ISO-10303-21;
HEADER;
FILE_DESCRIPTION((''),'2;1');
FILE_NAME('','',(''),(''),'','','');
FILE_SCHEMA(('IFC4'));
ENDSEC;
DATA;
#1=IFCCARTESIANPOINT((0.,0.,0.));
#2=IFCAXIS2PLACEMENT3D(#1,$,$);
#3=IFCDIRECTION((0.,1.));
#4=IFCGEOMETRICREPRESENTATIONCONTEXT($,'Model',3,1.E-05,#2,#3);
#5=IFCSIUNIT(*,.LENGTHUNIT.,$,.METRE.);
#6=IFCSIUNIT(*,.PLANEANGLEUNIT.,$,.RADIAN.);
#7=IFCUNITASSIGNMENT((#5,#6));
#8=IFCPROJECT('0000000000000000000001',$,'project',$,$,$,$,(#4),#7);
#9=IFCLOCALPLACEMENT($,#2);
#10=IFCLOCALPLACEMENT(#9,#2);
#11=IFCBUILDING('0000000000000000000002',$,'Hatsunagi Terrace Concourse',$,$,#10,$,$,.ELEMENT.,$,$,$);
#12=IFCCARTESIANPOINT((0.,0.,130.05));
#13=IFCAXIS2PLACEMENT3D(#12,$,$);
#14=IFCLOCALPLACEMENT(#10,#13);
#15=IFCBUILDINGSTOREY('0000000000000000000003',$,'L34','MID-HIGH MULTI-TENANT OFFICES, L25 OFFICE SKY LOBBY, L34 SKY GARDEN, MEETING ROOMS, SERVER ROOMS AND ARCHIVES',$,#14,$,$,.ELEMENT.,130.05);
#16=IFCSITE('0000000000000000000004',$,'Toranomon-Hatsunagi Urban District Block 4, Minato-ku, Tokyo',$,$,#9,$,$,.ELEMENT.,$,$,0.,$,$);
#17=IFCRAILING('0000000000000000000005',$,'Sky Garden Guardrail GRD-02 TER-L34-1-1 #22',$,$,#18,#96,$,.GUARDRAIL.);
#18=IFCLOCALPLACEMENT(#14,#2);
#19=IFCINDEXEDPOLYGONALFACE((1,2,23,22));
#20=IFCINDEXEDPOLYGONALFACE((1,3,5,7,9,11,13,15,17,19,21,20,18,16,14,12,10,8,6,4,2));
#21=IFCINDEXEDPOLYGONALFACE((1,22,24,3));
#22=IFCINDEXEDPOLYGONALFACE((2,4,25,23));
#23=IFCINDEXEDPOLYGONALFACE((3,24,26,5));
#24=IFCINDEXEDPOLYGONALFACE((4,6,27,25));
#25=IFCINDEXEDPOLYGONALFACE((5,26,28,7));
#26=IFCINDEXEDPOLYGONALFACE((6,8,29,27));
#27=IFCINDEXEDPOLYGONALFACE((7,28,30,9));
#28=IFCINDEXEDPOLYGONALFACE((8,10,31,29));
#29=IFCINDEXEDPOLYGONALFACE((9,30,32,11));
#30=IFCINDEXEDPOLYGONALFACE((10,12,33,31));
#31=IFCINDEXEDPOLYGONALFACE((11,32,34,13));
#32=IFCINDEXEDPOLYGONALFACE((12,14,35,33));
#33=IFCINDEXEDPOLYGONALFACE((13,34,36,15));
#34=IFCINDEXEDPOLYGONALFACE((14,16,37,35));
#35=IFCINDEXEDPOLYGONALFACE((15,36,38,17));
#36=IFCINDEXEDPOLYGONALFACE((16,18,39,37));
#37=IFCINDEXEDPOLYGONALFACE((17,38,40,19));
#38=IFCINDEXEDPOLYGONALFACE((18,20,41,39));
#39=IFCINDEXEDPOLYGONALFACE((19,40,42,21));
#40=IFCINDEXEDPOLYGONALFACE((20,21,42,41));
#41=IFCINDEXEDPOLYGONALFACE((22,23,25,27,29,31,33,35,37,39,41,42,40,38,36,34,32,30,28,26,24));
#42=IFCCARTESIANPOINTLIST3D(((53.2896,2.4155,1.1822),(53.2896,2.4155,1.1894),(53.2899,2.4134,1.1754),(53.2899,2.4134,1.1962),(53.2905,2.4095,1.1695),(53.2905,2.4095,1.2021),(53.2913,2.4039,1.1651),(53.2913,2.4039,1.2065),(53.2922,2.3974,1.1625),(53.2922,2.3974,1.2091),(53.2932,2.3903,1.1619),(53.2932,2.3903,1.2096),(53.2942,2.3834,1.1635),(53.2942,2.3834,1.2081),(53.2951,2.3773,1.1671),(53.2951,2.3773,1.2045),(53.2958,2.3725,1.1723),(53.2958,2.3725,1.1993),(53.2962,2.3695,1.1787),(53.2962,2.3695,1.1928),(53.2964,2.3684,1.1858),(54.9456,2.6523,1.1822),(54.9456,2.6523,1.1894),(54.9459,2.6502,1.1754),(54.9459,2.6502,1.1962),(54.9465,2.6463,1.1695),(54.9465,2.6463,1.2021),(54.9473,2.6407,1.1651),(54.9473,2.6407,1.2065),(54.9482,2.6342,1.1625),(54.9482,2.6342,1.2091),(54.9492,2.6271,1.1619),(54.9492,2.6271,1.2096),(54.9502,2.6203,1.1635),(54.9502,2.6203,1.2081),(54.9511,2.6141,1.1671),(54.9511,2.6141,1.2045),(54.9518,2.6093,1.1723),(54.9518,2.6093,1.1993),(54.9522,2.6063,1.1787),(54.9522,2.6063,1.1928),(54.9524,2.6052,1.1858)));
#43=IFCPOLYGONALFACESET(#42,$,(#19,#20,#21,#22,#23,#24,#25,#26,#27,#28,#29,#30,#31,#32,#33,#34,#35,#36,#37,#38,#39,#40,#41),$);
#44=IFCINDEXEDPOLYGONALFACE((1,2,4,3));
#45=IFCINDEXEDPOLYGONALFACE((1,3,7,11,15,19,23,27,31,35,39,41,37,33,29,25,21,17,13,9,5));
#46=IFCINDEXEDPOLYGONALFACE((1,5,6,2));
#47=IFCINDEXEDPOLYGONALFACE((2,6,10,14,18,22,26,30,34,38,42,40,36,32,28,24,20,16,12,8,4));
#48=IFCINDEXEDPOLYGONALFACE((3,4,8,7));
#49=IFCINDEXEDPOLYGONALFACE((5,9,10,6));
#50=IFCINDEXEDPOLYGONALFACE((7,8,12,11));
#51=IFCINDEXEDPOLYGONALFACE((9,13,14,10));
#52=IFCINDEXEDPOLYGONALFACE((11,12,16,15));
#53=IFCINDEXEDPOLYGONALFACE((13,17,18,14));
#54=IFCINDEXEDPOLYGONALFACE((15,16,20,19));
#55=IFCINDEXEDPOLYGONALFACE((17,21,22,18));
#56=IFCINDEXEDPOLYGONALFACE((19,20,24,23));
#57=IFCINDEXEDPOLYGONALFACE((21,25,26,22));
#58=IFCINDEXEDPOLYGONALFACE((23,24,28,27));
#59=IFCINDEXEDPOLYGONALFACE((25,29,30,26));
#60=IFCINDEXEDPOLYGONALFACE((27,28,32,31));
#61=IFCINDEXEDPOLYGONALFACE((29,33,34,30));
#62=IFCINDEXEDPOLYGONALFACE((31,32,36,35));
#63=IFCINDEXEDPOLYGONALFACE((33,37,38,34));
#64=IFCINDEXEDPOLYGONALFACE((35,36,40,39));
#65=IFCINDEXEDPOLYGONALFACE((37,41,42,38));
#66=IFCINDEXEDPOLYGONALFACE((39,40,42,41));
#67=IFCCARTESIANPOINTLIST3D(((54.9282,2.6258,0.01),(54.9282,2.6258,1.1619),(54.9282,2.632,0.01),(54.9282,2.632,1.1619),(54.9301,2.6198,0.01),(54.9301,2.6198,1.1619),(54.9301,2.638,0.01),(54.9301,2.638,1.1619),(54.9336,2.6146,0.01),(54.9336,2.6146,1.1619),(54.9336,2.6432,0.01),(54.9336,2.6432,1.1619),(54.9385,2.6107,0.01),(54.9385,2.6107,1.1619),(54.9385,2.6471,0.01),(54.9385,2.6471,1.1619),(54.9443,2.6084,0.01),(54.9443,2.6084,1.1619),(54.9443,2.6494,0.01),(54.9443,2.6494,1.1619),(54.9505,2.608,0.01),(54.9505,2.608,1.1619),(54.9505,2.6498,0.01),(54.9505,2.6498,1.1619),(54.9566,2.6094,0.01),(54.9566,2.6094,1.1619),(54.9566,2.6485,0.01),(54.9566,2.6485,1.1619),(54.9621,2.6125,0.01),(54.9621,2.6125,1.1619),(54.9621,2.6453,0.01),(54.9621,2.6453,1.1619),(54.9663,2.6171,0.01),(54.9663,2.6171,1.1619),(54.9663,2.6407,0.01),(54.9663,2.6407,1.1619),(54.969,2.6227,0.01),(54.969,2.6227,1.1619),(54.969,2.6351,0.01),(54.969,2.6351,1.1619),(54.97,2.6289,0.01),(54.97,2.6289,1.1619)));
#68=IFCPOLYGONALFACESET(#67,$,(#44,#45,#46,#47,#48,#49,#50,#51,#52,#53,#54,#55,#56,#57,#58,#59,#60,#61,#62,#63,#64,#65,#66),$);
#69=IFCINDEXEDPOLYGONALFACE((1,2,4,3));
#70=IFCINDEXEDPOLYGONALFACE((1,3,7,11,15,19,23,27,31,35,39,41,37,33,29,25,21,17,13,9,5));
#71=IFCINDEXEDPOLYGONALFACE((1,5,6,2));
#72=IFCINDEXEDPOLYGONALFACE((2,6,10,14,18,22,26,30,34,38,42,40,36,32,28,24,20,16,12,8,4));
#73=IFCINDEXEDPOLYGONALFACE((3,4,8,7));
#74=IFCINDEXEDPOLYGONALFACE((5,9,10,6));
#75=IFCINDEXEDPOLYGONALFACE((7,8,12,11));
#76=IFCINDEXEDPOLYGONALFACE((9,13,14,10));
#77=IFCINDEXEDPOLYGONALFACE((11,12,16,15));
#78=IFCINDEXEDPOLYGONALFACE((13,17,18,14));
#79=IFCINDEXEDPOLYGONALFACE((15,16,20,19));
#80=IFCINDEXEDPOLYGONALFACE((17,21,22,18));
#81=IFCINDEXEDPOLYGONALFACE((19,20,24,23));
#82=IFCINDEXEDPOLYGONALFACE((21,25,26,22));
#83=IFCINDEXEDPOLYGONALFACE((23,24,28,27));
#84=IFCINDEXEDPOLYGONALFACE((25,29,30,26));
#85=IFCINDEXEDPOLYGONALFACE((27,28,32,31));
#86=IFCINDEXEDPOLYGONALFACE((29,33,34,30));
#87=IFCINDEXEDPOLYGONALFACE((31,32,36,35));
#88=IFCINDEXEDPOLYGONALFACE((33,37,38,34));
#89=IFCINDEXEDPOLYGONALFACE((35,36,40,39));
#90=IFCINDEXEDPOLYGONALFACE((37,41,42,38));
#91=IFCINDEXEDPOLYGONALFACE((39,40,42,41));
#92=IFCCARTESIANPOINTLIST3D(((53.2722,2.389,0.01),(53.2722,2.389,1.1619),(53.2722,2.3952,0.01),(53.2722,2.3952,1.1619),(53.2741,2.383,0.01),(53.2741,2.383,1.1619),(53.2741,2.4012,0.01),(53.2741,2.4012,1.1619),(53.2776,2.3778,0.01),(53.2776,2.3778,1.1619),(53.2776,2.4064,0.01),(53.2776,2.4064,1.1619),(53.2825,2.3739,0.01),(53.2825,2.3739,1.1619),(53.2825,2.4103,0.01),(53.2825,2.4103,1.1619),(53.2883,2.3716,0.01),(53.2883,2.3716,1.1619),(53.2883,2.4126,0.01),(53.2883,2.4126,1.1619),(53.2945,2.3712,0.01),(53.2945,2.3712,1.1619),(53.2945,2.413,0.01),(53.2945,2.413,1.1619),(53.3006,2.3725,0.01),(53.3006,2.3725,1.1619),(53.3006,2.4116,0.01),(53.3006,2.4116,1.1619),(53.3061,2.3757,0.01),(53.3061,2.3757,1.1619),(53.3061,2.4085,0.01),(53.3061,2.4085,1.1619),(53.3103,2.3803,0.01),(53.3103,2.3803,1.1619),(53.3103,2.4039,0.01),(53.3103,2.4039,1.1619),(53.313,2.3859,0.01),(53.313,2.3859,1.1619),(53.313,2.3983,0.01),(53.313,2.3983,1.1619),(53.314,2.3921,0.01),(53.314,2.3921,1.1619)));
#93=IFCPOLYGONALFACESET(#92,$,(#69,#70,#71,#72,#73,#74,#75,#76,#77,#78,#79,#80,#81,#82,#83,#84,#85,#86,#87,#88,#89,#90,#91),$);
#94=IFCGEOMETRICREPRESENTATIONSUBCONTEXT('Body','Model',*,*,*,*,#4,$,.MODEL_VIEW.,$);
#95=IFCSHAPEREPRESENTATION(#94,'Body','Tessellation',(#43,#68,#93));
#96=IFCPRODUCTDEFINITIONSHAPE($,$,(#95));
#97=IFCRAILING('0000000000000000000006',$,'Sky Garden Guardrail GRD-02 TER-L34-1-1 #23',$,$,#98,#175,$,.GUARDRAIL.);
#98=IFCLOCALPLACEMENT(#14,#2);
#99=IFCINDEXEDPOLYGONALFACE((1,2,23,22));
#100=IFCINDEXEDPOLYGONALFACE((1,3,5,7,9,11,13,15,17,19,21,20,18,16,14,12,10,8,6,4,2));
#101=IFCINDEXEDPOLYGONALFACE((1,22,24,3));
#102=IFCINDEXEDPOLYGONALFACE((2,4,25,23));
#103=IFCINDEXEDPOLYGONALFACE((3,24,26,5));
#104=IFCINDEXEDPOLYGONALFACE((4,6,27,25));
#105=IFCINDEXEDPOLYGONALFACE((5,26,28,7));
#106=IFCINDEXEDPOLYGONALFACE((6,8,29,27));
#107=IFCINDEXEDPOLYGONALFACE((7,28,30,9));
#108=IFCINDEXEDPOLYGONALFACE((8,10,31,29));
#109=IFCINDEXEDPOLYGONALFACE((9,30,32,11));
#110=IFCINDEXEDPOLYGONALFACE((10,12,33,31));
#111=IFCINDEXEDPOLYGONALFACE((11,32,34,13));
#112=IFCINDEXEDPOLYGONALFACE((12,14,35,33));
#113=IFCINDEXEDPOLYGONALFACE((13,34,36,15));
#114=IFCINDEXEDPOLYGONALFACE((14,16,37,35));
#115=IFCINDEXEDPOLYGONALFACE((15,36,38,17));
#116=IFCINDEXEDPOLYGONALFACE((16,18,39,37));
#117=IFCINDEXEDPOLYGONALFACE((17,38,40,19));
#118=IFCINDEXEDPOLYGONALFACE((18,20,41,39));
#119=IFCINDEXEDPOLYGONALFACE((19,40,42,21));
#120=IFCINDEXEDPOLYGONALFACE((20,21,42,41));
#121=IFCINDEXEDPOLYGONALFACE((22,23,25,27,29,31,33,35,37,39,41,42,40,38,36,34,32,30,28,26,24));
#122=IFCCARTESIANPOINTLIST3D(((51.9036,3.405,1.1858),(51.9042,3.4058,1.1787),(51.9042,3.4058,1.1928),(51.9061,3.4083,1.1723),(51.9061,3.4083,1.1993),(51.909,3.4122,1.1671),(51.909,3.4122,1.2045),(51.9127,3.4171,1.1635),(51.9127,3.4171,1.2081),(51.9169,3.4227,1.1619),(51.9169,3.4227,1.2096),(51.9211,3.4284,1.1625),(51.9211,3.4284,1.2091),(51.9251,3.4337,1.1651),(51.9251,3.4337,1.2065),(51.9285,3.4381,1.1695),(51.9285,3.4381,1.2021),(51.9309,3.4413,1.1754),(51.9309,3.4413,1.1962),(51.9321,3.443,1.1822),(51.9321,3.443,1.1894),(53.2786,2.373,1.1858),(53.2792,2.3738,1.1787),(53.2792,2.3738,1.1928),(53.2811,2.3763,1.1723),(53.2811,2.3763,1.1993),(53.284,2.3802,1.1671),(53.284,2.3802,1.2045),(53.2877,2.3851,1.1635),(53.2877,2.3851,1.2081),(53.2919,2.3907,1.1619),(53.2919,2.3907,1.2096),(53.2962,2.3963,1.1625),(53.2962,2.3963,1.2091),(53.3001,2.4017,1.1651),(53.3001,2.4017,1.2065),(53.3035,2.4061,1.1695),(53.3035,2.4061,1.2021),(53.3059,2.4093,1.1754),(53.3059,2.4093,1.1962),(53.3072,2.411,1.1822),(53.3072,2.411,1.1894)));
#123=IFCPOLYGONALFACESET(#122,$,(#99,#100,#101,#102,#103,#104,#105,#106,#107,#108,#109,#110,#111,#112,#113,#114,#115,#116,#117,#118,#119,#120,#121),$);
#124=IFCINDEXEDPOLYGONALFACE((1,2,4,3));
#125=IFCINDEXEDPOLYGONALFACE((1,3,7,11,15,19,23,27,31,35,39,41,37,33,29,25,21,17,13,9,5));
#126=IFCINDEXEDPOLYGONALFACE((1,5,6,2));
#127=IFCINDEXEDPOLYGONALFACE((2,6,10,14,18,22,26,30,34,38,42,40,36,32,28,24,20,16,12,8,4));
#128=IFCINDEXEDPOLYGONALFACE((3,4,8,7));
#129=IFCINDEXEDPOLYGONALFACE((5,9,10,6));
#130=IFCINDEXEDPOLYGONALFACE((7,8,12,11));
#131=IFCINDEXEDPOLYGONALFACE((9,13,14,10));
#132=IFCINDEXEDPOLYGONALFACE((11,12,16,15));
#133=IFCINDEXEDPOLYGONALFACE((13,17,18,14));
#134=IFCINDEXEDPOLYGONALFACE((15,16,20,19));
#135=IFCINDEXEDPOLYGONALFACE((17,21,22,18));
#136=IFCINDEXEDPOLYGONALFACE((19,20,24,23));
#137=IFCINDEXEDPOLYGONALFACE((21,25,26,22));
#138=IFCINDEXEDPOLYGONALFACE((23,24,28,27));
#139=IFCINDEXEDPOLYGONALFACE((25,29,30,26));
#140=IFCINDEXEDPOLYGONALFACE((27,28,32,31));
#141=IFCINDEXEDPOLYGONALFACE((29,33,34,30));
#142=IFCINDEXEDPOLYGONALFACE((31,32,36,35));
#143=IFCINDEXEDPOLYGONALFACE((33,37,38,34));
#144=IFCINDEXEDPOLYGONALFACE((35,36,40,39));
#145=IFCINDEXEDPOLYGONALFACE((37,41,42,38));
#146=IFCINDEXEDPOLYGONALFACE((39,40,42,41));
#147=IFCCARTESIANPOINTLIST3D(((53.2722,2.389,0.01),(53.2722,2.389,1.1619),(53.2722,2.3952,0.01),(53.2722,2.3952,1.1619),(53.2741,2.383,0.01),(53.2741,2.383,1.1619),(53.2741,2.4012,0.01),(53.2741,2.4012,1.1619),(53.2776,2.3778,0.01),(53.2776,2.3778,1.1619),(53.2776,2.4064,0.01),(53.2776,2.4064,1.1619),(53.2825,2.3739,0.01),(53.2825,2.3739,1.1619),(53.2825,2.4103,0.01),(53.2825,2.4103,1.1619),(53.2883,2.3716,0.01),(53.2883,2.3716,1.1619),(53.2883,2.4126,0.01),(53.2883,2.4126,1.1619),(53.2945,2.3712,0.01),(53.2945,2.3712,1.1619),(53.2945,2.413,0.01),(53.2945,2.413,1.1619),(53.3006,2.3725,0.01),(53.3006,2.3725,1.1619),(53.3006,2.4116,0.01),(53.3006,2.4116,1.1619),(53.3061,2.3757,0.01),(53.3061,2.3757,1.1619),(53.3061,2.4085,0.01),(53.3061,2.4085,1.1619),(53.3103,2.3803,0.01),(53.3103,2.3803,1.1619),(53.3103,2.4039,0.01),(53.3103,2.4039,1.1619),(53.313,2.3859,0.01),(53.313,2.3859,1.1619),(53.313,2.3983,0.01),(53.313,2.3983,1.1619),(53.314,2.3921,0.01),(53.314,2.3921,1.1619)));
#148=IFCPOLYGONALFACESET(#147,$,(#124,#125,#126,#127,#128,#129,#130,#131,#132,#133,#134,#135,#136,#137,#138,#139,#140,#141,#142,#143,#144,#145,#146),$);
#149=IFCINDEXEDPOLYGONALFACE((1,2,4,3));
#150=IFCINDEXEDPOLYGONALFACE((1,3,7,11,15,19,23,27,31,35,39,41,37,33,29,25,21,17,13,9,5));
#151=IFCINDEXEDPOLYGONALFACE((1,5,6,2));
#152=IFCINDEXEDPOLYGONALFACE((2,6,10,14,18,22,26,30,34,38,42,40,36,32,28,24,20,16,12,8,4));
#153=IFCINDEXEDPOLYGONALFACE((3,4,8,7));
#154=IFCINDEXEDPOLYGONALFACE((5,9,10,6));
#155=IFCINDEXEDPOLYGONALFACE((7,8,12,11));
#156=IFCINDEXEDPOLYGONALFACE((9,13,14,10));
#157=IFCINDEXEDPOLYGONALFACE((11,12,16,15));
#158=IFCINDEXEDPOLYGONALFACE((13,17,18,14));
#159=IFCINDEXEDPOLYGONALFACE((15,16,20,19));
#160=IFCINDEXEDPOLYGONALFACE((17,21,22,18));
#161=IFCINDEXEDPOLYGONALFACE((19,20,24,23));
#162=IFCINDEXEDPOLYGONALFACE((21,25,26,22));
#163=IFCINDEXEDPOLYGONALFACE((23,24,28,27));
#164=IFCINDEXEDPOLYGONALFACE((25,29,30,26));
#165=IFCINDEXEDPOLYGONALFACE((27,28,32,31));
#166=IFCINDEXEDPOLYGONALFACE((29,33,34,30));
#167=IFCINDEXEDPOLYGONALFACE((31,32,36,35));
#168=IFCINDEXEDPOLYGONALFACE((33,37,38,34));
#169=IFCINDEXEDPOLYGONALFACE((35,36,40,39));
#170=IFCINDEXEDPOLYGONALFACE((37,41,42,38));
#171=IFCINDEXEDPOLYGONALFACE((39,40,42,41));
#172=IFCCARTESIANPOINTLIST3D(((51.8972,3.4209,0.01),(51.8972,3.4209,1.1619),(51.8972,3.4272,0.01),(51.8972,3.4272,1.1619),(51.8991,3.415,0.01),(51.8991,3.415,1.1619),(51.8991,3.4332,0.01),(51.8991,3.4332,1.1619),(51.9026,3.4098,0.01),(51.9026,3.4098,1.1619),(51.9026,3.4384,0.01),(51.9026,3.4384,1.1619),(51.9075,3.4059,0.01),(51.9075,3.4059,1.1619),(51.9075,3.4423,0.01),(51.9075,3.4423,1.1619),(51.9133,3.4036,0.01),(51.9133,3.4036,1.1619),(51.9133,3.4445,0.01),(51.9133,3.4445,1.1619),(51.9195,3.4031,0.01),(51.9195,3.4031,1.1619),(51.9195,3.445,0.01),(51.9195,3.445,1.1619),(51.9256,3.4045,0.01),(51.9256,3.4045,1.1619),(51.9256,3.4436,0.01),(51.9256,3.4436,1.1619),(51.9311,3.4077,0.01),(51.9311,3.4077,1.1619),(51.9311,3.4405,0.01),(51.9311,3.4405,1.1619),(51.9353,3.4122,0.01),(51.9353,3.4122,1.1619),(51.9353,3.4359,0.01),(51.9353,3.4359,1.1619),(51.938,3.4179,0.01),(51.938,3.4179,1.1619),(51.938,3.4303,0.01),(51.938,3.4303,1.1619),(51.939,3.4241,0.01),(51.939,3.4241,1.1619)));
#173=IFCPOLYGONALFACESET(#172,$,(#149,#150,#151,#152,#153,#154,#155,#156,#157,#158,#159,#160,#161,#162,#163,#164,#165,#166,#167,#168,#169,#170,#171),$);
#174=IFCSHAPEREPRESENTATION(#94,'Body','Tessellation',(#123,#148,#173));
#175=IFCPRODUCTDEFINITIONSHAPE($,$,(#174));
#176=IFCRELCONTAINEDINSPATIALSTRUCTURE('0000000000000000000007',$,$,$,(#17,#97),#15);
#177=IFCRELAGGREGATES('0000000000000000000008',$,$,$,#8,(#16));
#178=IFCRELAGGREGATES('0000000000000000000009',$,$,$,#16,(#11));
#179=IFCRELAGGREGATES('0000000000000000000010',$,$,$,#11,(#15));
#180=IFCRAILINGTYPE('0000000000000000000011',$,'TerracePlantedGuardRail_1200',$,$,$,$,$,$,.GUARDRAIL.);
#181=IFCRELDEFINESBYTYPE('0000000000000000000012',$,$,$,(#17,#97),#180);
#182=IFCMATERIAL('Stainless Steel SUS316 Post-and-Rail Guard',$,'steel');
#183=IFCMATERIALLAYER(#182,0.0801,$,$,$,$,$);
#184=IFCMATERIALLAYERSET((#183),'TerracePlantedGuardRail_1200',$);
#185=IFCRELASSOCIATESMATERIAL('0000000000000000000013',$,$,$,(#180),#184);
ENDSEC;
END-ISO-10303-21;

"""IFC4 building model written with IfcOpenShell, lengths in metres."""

from ifc_helpers import new_model, si_unit, direction, frame, origin, origin_2d, place, context, subcontext, project, spatial, circle, extrude, material, layer, layer_set, type_object, element, save


model = new_model("IFC4")

# Units and contexts
model_context = context("Model", 3, precision=1e-05, world=origin(), true_north=direction((0.0, 1.0)))
body_context = subcontext(model_context, "Body", "Model", "MODEL_VIEW")
ifc_project = project(units=[si_unit("LENGTHUNIT", "METRE"), si_unit("PLANEANGLEUNIT", "RADIAN")], contexts=[model_context])

# Site, building, storey
site_placement = place(None, origin())
site = spatial("IfcSite", under=ifc_project, at=site_placement, Name="Toranomon-Hatsunagi Urban District Block 4, Minato-ku, Tokyo", CompositionType="ELEMENT", RefElevation=0.0)
building_placement = place(site_placement, origin())
building = spatial("IfcBuilding", under=site, at=building_placement, Name="Hatsunagi Terrace Concourse", CompositionType="ELEMENT")
storey_placement = place(building_placement, frame((0.0, 0.0, 130.05)))
storey = spatial("IfcBuildingStorey", under=building, at=storey_placement, Name="L34", Description="MID-HIGH MULTI-TENANT OFFICES, L25 OFFICE SKY LOBBY, L34 SKY GARDEN, MEETING ROOMS, SERVER ROOMS AND ARCHIVES", CompositionType="ELEMENT", Elevation=130.05)

# Railings
ifc_material_1 = material(Name="Stainless Steel SUS316 Post-and-Rail Guard", Category="steel")
ifc_layer_1 = layer(ifc_material_1, 0.0801)
ifc_layer_set_1 = layer_set([ifc_layer_1], Name="TerracePlantedGuardRail_1200")
railing_type = type_object("IfcRailingType", Name="TerracePlantedGuardRail_1200", PredefinedType="GUARDRAIL", material=ifc_layer_set_1)
railing_1_placement = place(storey_placement, frame((54.949, 2.6289, 0.01)))
element("IfcRailing", 1, at=railing_1_placement, inside=storey, type_object=railing_type, Name="Sky Garden Guardrail GRD-02 TER-L34-1-1 #22", PredefinedType="GUARDRAIL", context=body_context, shape_type="SweptSolid", body=[
    extrude(circle(Radius=0.0239, at=origin_2d()), frame((0.0, 0.0, 1.1758), z_axis=(-0.989929, -0.141564, 0.0), x_axis=(0.141564, -0.989929, 0.0)), (0.0, 0.0, 1.0), 1.6729),
    extrude(circle(Radius=0.021, at=origin_2d()), origin(), (0.0, 0.0, 1.0), 1.1519),
    extrude(circle(Radius=0.021, at=origin_2d()), frame((-1.656, -0.2368, 0.0)), (0.0, 0.0, 1.0), 1.1519),
])
railing_2_placement = place(storey_placement, frame((53.293, 2.3921, 0.01)))
element("IfcRailing", 2, at=railing_2_placement, inside=storey, type_object=railing_type, Name="Sky Garden Guardrail GRD-02 TER-L34-1-1 #23", PredefinedType="GUARDRAIL", context=body_context, shape_type="SweptSolid", body=[
    extrude(circle(Radius=0.0239, at=origin_2d()), frame((0.0, 0.0, 1.1758), z_axis=(-0.799795, 0.600273, 0.0), x_axis=(-0.600273, -0.799795, 0.0)), (0.0, 0.0, 1.0), 1.7192),
    extrude(circle(Radius=0.021, at=origin_2d()), origin(), (0.0, 0.0, 1.0), 1.1519),
    extrude(circle(Radius=0.021, at=origin_2d()), frame((-1.375, 1.032, 0.0)), (0.0, 0.0, 1.0), 1.1519),
])

save(model, "model.ifc")
